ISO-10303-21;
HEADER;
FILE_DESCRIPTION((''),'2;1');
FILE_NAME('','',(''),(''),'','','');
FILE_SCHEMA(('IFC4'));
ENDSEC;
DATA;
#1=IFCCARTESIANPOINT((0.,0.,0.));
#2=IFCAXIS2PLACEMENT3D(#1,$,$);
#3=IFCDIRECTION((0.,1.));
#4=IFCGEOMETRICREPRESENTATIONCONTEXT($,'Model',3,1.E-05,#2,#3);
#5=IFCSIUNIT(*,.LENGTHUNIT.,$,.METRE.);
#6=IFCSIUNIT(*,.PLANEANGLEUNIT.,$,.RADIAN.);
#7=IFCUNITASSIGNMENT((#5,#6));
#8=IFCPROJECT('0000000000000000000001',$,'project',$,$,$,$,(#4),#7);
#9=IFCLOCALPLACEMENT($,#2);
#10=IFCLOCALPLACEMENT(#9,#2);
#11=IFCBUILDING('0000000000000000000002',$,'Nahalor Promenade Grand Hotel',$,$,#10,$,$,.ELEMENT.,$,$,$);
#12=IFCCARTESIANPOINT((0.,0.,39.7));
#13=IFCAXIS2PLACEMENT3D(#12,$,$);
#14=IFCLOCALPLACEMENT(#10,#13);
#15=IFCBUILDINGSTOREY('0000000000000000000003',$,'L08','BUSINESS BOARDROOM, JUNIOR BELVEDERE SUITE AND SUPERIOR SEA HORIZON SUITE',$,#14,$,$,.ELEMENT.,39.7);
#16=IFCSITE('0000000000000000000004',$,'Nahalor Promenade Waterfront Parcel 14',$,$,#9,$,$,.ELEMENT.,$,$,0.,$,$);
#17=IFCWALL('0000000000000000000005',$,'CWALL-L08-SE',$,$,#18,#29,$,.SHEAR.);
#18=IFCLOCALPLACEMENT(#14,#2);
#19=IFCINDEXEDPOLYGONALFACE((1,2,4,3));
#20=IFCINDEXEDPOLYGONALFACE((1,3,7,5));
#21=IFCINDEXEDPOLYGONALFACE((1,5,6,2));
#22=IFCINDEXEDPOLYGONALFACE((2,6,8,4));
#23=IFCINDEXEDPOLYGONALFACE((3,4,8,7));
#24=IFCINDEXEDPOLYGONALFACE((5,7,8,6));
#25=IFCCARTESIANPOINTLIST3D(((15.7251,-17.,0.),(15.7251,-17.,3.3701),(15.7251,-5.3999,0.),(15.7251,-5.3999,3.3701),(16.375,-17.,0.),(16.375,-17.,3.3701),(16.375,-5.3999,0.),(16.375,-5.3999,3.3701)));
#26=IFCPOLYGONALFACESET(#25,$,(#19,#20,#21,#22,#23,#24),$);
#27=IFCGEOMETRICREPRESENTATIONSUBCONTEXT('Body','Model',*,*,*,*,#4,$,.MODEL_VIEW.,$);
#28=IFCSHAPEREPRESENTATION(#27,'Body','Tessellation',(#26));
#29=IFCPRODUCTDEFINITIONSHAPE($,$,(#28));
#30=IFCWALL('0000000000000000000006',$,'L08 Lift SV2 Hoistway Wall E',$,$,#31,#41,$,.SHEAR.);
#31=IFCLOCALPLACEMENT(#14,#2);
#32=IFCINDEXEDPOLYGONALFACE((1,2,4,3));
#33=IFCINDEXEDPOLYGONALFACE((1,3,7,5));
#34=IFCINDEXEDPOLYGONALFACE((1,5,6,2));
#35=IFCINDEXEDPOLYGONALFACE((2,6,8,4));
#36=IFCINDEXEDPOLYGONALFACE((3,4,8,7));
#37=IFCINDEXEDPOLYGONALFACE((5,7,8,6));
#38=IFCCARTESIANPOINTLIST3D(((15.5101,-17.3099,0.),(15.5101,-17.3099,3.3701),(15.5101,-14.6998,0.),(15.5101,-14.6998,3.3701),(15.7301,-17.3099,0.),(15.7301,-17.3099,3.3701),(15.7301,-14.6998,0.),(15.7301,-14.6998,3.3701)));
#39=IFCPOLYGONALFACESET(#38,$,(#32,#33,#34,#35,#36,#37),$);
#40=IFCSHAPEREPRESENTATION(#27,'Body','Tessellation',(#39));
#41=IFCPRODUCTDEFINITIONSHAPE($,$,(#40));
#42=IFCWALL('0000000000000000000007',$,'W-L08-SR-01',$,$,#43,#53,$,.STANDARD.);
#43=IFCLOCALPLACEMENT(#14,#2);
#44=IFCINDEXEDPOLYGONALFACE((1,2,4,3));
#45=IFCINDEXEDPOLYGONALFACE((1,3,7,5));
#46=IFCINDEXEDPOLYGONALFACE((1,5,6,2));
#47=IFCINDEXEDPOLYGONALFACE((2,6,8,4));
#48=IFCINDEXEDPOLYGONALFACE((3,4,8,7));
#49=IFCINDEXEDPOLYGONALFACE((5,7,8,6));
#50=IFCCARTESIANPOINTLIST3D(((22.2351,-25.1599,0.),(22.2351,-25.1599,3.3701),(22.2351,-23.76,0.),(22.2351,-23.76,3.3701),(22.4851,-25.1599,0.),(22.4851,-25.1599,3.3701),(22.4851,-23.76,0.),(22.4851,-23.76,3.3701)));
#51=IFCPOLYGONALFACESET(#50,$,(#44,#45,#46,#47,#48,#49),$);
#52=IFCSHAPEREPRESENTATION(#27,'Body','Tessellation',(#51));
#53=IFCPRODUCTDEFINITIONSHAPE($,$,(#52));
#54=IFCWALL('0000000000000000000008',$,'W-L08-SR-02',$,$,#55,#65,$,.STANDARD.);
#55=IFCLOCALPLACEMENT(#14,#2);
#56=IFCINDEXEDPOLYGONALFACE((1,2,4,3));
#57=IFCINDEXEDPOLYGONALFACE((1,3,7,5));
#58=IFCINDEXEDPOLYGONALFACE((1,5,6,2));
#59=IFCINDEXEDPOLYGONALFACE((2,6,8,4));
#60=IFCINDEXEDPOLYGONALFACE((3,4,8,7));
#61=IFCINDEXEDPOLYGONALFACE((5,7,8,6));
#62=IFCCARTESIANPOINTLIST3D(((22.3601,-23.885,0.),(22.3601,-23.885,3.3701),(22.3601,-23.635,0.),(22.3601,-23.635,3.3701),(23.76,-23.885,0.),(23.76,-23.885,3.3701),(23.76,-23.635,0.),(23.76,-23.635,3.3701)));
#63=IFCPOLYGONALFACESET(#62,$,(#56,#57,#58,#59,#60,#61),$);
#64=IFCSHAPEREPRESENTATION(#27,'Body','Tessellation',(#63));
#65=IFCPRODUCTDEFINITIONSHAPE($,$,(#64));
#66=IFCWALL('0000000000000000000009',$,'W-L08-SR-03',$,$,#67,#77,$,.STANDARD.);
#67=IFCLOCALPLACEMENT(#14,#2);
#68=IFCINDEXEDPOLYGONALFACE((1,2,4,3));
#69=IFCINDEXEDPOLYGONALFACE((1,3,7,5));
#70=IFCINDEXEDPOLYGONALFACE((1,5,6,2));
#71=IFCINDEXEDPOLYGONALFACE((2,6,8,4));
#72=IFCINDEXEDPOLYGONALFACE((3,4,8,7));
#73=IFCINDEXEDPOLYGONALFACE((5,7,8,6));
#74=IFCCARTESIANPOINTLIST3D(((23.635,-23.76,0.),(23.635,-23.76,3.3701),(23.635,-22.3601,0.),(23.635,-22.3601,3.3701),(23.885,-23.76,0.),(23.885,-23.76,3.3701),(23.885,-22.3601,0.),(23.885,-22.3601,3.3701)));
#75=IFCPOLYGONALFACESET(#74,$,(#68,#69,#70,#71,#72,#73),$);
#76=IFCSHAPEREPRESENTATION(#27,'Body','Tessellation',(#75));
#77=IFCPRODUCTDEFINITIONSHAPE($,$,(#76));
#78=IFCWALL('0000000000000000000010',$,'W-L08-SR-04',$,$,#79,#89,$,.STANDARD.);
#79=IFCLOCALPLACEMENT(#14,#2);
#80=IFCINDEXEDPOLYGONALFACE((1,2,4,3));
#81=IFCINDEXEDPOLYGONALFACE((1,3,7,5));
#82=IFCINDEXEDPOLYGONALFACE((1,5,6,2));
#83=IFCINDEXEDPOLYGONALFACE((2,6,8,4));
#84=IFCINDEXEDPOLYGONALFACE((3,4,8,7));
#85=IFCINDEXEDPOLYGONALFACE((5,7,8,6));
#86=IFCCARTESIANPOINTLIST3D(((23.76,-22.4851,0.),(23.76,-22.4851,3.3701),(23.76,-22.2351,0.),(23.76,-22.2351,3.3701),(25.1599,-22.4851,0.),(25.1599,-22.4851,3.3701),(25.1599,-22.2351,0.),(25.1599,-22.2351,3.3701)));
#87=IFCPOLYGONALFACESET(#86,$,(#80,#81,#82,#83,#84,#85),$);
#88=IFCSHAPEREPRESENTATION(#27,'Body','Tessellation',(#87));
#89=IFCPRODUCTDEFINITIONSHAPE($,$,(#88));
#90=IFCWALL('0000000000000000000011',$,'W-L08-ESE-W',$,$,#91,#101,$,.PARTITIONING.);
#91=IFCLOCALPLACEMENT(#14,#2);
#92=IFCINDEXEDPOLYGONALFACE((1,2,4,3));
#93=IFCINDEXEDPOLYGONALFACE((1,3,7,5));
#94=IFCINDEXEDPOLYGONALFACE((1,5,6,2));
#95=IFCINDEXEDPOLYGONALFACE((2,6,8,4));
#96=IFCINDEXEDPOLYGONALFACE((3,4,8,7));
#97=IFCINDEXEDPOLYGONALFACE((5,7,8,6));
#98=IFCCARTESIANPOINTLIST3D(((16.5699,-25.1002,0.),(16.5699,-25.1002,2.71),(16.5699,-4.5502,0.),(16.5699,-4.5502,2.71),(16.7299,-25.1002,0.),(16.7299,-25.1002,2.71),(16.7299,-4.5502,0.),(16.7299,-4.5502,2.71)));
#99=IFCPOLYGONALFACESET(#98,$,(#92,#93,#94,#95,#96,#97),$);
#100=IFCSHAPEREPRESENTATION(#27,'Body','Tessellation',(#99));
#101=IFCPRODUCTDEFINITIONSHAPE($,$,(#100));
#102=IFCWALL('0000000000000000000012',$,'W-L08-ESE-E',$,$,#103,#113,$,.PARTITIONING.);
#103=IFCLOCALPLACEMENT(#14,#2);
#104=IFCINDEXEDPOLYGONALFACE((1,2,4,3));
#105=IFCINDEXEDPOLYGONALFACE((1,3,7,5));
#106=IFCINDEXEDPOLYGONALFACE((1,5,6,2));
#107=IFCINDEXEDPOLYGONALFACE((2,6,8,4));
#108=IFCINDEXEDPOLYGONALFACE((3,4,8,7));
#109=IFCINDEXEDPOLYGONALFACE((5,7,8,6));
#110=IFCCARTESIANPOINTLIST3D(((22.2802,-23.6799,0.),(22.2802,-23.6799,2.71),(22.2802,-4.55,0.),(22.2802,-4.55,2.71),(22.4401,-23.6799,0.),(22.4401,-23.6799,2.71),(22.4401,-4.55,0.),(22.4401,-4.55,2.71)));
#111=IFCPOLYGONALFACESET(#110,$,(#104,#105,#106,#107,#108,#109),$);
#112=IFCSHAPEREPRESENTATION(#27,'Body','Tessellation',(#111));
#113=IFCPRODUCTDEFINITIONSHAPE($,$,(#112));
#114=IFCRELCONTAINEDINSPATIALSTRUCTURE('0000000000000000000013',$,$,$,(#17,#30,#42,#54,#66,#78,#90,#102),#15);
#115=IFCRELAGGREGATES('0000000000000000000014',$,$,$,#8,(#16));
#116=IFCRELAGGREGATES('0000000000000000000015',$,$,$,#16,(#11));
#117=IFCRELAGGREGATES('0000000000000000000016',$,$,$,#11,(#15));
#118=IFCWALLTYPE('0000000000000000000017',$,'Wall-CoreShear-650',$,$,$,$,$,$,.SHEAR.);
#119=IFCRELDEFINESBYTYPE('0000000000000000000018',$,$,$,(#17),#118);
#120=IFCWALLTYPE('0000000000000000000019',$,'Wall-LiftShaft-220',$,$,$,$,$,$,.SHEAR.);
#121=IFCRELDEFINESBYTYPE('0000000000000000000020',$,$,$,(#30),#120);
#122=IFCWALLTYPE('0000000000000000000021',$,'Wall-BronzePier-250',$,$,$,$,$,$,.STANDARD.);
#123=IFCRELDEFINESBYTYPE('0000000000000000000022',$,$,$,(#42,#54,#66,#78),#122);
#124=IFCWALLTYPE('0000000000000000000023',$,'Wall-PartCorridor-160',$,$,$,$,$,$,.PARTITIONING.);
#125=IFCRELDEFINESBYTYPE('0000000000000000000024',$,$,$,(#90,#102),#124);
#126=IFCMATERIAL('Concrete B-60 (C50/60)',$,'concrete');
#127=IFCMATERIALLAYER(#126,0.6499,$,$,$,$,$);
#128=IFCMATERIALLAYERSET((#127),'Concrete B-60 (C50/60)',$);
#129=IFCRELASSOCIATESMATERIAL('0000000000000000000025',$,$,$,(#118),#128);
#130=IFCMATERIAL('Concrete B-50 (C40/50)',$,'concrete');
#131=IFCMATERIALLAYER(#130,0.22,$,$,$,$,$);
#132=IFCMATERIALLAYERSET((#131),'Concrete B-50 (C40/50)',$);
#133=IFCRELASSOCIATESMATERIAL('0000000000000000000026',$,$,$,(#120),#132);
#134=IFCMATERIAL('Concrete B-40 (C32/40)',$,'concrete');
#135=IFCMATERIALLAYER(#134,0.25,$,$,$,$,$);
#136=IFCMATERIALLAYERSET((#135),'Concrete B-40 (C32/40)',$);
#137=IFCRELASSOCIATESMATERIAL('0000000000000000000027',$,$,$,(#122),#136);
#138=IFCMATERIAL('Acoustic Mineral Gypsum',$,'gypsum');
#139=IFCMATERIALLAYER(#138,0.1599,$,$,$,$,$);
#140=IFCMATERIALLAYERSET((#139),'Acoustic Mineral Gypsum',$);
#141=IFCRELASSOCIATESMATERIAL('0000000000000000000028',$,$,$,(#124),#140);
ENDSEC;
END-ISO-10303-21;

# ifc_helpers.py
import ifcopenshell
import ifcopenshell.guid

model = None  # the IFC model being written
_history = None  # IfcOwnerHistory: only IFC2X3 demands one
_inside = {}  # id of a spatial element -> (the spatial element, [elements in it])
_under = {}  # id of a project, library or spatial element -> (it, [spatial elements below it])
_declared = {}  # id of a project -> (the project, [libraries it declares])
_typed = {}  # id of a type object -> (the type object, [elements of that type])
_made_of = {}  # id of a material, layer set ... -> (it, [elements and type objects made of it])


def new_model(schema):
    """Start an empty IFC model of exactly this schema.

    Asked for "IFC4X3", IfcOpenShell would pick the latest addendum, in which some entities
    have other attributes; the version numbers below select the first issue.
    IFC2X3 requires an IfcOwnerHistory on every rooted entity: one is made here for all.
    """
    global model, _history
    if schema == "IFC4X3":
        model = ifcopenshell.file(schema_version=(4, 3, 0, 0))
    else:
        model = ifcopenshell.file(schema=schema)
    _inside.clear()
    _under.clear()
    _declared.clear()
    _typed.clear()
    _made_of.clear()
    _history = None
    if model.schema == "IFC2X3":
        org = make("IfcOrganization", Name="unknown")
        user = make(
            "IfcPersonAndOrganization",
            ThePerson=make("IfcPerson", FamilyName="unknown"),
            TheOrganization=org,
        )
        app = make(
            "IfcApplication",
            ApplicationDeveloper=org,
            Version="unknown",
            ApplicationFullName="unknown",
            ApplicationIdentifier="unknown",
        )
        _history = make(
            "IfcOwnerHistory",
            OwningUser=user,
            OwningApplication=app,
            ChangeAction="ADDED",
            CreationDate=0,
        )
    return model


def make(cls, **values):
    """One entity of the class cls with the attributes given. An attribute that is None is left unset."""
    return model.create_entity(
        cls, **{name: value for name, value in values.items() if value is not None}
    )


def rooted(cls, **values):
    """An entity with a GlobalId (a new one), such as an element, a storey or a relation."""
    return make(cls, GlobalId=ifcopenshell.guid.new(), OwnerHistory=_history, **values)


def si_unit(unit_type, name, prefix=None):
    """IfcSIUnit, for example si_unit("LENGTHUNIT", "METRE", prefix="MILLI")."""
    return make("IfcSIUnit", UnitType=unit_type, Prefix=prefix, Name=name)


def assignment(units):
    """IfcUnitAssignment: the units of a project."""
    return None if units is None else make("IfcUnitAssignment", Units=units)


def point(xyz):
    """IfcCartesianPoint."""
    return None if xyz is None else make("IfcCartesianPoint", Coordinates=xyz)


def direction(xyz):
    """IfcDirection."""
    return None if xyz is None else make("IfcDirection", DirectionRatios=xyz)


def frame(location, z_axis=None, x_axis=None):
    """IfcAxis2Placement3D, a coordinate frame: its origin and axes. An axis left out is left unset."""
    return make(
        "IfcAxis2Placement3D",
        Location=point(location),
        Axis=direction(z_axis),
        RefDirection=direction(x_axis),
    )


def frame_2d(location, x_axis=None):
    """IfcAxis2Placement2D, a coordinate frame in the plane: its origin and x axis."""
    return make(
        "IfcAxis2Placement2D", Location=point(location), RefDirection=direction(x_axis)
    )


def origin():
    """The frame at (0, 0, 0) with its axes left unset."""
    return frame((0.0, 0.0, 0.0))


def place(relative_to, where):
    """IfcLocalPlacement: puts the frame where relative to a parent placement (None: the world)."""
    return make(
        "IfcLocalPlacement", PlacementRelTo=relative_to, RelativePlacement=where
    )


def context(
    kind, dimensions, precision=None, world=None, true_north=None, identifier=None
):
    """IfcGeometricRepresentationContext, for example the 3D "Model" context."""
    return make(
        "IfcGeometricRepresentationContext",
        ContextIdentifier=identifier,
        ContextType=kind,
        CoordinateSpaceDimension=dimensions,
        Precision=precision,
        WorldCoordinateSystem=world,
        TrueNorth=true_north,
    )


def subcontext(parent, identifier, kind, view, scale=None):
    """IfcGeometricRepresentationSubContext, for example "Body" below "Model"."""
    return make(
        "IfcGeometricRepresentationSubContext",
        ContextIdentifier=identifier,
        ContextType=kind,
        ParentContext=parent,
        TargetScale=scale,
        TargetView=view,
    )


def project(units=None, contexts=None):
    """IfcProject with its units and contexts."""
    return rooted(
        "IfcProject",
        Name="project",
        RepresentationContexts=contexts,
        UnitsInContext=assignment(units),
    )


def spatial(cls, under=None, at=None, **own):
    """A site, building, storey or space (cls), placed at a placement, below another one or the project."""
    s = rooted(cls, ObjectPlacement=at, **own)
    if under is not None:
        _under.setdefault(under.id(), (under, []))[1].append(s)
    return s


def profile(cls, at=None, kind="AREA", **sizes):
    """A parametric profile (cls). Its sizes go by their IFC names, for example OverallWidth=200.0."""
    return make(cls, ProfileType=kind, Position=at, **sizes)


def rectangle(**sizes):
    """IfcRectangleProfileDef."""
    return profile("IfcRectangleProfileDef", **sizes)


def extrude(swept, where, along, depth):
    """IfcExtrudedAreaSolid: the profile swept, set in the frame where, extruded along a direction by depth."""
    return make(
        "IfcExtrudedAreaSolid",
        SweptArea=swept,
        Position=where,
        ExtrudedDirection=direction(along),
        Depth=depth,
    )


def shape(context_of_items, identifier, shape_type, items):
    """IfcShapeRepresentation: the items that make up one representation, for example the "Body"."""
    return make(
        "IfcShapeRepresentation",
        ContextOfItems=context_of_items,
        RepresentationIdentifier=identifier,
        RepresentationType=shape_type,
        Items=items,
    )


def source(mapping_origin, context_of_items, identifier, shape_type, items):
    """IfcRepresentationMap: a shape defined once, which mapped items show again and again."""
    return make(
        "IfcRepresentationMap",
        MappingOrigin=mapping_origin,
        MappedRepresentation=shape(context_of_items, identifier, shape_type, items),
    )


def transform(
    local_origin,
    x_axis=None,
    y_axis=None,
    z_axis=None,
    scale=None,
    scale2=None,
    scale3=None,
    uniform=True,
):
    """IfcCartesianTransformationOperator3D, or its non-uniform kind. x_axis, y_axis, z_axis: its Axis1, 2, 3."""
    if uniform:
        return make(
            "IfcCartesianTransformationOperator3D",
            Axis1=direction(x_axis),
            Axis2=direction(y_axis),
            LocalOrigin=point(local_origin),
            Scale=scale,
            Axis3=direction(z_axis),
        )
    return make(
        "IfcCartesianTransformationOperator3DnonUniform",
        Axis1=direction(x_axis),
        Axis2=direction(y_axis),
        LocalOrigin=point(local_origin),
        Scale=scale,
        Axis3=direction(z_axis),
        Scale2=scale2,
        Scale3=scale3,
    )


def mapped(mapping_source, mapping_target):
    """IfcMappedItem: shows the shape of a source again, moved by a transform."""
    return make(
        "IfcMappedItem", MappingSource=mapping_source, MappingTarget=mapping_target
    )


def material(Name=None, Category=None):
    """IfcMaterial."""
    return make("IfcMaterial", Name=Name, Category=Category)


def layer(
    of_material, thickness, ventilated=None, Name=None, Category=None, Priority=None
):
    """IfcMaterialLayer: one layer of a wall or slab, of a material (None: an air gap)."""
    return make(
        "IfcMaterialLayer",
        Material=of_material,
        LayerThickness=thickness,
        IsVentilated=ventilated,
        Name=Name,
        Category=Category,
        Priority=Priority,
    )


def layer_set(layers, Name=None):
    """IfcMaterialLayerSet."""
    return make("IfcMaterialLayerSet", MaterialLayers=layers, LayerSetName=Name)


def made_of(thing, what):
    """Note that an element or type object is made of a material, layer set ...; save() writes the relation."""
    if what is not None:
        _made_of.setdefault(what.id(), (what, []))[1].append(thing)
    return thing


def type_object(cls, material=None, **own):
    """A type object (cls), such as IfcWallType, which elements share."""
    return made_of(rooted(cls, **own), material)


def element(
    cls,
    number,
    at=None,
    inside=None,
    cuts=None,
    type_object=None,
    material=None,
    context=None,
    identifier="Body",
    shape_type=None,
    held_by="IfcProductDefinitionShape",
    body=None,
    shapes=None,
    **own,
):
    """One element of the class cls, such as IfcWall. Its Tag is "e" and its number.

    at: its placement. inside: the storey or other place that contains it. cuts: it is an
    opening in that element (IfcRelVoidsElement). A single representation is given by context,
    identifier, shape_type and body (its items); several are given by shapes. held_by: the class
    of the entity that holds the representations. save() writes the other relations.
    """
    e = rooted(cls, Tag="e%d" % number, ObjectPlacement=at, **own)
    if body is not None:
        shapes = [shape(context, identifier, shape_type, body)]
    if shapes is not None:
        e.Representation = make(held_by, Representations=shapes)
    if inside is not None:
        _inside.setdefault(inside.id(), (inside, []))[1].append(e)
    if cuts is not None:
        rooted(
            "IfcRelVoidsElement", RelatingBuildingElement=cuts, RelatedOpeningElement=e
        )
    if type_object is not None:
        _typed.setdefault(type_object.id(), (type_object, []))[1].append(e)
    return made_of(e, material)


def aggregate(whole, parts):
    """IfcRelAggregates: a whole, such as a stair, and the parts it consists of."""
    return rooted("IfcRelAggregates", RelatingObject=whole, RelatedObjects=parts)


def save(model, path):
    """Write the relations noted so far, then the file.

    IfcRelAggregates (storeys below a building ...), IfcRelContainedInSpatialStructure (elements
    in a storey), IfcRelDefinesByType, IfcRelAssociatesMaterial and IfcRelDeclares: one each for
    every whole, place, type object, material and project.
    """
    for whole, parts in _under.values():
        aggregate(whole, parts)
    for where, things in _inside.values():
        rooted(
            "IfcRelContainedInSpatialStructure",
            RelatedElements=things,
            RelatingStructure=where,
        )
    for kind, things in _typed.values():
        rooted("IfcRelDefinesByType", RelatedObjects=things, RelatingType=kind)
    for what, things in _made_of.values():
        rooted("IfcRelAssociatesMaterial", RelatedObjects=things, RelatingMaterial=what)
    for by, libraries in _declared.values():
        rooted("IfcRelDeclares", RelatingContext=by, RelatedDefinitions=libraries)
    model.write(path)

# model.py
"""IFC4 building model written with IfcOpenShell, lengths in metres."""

from ifc_helpers import new_model, si_unit, direction, frame, frame_2d, origin, place, context, subcontext, project, spatial, rectangle, extrude, source, transform, mapped, material, layer, layer_set, type_object, element, save


model = new_model("IFC4")

# Units and contexts
model_context = context("Model", 3, precision=1e-05, world=origin(), true_north=direction((0.0, 1.0)))
body_context = subcontext(model_context, "Body", "Model", "MODEL_VIEW")
ifc_project = project(units=[si_unit("LENGTHUNIT", "METRE"), si_unit("PLANEANGLEUNIT", "RADIAN")], contexts=[model_context])

# Site, building, storey
site_placement = place(None, origin())
site = spatial("IfcSite", under=ifc_project, at=site_placement, Name="Nahalor Promenade Waterfront Parcel 14", CompositionType="ELEMENT", RefElevation=0.0)
building_placement = place(site_placement, origin())
building = spatial("IfcBuilding", under=site, at=building_placement, Name="Nahalor Promenade Grand Hotel", CompositionType="ELEMENT")
storey_placement = place(building_placement, frame((0.0, 0.0, 39.7)))
storey = spatial("IfcBuildingStorey", under=building, at=storey_placement, Name="L08", Description="BUSINESS BOARDROOM, JUNIOR BELVEDERE SUITE AND SUPERIOR SEA HORIZON SUITE", CompositionType="ELEMENT", Elevation=39.7)

# Walls
ifc_material_1 = material(Name="Concrete B-60 (C50/60)", Category="concrete")
ifc_layer_1 = layer(ifc_material_1, 0.6499)
ifc_layer_set_1 = layer_set([ifc_layer_1], Name="Concrete B-60 (C50/60)")
wall_type_1 = type_object("IfcWallType", Name="Wall-CoreShear-650", PredefinedType="SHEAR", material=ifc_layer_set_1)
shared_shape_1 = source(origin(), body_context, "Body", "SweptSolid", [
    extrude(rectangle(XDim=11.6001, YDim=0.6499, at=frame_2d((5.8, 0.0))), origin(), (0.0, 0.0, 1.0), 3.3701),
])
wall_1_placement = place(storey_placement, frame((16.05, -17.0, 0.0), z_axis=(0.0, 0.0, 1.0), x_axis=(0.0, 1.0, 0.0)))
element("IfcWall", 1, at=wall_1_placement, inside=storey, type_object=wall_type_1, Name="CWALL-L08-SE", PredefinedType="SHEAR", context=body_context, shape_type="MappedRepresentation", body=[
    mapped(shared_shape_1, transform((0.0, 0.0, 0.0), scale=1.0)),
])
ifc_material_2 = material(Name="Concrete B-50 (C40/50)", Category="concrete")
ifc_layer_2 = layer(ifc_material_2, 0.22)
ifc_layer_set_2 = layer_set([ifc_layer_2], Name="Concrete B-50 (C40/50)")
wall_type_2 = type_object("IfcWallType", Name="Wall-LiftShaft-220", PredefinedType="SHEAR", material=ifc_layer_set_2)
shared_shape_2 = source(origin(), body_context, "Body", "SweptSolid", [
    extrude(rectangle(XDim=2.6101, YDim=0.22, at=frame_2d((1.3052, 0.0))), origin(), (0.0, 0.0, 1.0), 3.3701),
])
wall_2_placement = place(storey_placement, frame((15.6201, -17.3101, 0.0), z_axis=(0.0, 0.0, 1.0), x_axis=(0.0, 1.0, 0.0)))
element("IfcWall", 2, at=wall_2_placement, inside=storey, type_object=wall_type_2, Name="L08 Lift SV2 Hoistway Wall E", PredefinedType="SHEAR", context=body_context, shape_type="MappedRepresentation", body=[
    mapped(shared_shape_2, transform((0.0, 0.0, 0.0), scale=1.0)),
])
ifc_material_3 = material(Name="Concrete B-40 (C32/40)", Category="concrete")
ifc_layer_3 = layer(ifc_material_3, 0.25)
ifc_layer_set_3 = layer_set([ifc_layer_3], Name="Concrete B-40 (C32/40)")
wall_type_3 = type_object("IfcWallType", Name="Wall-BronzePier-250", PredefinedType="STANDARD", material=ifc_layer_set_3)
shared_shape_3 = source(origin(), body_context, "Body", "SweptSolid", [
    extrude(rectangle(XDim=1.3999, YDim=0.25, at=frame_2d((0.7, 0.0))), origin(), (0.0, 0.0, 1.0), 3.3701),
])
for number, where, z_axis, x_axis, name in (
    (3, (22.3601, -25.1599, 0.0), (0.0, 0.0, 1.0), (0.0, 1.0, 0.0), "W-L08-SR-01"),
    (4, (22.3601, -23.76, 0.0), (0.0, 0.0, 1.0), (1.0, 0.0, 0.0), "W-L08-SR-02"),
    (5, (23.76, -23.76, 0.0), (0.0, 0.0, 1.0), (0.0, 1.0, 0.0), "W-L08-SR-03"),
    (6, (23.76, -22.3601, 0.0), (0.0, 0.0, 1.0), (1.0, 0.0, 0.0), "W-L08-SR-04"),
):
    element("IfcWall", number, at=place(storey_placement, frame(where, z_axis=z_axis, x_axis=x_axis)), inside=storey, type_object=wall_type_3, Name=name, PredefinedType="STANDARD", context=body_context, shape_type="MappedRepresentation", body=[
        mapped(shared_shape_3, transform((0.0, 0.0, 0.0), scale=1.0)),
    ])
ifc_material_4 = material(Name="Acoustic Mineral Gypsum", Category="gypsum")
ifc_layer_4 = layer(ifc_material_4, 0.1599)
ifc_layer_set_4 = layer_set([ifc_layer_4], Name="Acoustic Mineral Gypsum")
wall_type_4 = type_object("IfcWallType", Name="Wall-PartCorridor-160", PredefinedType="PARTITIONING", material=ifc_layer_set_4)
shared_shape_4 = source(origin(), body_context, "Body", "SweptSolid", [
    extrude(rectangle(XDim=20.55, YDim=0.1599, at=frame_2d((10.2749, 0.0))), origin(), (0.0, 0.0, 1.0), 2.71),
])
wall_3_placement = place(storey_placement, frame((16.6499, -25.1001, 0.0), z_axis=(0.0, 0.0, 1.0), x_axis=(0.0, 1.0, 0.0)))
element("IfcWall", 7, at=wall_3_placement, inside=storey, type_object=wall_type_4, Name="W-L08-ESE-W", PredefinedType="PARTITIONING", context=body_context, shape_type="MappedRepresentation", body=[
    mapped(shared_shape_4, transform((0.0, 0.0, 0.0), scale=1.0)),
])
shared_shape_5 = source(origin(), body_context, "Body", "SweptSolid", [
    extrude(rectangle(XDim=19.1299, YDim=0.1599, at=frame_2d((9.5649, 0.0))), origin(), (0.0, 0.0, 1.0), 2.71),
])
wall_4_placement = place(storey_placement, frame((22.3601, -23.6799, 0.0), z_axis=(0.0, 0.0, 1.0), x_axis=(0.0, 1.0, 0.0)))
element("IfcWall", 8, at=wall_4_placement, inside=storey, type_object=wall_type_4, Name="W-L08-ESE-E", PredefinedType="PARTITIONING", context=body_context, shape_type="MappedRepresentation", body=[
    mapped(shared_shape_5, transform((0.0, 0.0, 0.0), scale=1.0)),
])

save(model, "model.ifc")
